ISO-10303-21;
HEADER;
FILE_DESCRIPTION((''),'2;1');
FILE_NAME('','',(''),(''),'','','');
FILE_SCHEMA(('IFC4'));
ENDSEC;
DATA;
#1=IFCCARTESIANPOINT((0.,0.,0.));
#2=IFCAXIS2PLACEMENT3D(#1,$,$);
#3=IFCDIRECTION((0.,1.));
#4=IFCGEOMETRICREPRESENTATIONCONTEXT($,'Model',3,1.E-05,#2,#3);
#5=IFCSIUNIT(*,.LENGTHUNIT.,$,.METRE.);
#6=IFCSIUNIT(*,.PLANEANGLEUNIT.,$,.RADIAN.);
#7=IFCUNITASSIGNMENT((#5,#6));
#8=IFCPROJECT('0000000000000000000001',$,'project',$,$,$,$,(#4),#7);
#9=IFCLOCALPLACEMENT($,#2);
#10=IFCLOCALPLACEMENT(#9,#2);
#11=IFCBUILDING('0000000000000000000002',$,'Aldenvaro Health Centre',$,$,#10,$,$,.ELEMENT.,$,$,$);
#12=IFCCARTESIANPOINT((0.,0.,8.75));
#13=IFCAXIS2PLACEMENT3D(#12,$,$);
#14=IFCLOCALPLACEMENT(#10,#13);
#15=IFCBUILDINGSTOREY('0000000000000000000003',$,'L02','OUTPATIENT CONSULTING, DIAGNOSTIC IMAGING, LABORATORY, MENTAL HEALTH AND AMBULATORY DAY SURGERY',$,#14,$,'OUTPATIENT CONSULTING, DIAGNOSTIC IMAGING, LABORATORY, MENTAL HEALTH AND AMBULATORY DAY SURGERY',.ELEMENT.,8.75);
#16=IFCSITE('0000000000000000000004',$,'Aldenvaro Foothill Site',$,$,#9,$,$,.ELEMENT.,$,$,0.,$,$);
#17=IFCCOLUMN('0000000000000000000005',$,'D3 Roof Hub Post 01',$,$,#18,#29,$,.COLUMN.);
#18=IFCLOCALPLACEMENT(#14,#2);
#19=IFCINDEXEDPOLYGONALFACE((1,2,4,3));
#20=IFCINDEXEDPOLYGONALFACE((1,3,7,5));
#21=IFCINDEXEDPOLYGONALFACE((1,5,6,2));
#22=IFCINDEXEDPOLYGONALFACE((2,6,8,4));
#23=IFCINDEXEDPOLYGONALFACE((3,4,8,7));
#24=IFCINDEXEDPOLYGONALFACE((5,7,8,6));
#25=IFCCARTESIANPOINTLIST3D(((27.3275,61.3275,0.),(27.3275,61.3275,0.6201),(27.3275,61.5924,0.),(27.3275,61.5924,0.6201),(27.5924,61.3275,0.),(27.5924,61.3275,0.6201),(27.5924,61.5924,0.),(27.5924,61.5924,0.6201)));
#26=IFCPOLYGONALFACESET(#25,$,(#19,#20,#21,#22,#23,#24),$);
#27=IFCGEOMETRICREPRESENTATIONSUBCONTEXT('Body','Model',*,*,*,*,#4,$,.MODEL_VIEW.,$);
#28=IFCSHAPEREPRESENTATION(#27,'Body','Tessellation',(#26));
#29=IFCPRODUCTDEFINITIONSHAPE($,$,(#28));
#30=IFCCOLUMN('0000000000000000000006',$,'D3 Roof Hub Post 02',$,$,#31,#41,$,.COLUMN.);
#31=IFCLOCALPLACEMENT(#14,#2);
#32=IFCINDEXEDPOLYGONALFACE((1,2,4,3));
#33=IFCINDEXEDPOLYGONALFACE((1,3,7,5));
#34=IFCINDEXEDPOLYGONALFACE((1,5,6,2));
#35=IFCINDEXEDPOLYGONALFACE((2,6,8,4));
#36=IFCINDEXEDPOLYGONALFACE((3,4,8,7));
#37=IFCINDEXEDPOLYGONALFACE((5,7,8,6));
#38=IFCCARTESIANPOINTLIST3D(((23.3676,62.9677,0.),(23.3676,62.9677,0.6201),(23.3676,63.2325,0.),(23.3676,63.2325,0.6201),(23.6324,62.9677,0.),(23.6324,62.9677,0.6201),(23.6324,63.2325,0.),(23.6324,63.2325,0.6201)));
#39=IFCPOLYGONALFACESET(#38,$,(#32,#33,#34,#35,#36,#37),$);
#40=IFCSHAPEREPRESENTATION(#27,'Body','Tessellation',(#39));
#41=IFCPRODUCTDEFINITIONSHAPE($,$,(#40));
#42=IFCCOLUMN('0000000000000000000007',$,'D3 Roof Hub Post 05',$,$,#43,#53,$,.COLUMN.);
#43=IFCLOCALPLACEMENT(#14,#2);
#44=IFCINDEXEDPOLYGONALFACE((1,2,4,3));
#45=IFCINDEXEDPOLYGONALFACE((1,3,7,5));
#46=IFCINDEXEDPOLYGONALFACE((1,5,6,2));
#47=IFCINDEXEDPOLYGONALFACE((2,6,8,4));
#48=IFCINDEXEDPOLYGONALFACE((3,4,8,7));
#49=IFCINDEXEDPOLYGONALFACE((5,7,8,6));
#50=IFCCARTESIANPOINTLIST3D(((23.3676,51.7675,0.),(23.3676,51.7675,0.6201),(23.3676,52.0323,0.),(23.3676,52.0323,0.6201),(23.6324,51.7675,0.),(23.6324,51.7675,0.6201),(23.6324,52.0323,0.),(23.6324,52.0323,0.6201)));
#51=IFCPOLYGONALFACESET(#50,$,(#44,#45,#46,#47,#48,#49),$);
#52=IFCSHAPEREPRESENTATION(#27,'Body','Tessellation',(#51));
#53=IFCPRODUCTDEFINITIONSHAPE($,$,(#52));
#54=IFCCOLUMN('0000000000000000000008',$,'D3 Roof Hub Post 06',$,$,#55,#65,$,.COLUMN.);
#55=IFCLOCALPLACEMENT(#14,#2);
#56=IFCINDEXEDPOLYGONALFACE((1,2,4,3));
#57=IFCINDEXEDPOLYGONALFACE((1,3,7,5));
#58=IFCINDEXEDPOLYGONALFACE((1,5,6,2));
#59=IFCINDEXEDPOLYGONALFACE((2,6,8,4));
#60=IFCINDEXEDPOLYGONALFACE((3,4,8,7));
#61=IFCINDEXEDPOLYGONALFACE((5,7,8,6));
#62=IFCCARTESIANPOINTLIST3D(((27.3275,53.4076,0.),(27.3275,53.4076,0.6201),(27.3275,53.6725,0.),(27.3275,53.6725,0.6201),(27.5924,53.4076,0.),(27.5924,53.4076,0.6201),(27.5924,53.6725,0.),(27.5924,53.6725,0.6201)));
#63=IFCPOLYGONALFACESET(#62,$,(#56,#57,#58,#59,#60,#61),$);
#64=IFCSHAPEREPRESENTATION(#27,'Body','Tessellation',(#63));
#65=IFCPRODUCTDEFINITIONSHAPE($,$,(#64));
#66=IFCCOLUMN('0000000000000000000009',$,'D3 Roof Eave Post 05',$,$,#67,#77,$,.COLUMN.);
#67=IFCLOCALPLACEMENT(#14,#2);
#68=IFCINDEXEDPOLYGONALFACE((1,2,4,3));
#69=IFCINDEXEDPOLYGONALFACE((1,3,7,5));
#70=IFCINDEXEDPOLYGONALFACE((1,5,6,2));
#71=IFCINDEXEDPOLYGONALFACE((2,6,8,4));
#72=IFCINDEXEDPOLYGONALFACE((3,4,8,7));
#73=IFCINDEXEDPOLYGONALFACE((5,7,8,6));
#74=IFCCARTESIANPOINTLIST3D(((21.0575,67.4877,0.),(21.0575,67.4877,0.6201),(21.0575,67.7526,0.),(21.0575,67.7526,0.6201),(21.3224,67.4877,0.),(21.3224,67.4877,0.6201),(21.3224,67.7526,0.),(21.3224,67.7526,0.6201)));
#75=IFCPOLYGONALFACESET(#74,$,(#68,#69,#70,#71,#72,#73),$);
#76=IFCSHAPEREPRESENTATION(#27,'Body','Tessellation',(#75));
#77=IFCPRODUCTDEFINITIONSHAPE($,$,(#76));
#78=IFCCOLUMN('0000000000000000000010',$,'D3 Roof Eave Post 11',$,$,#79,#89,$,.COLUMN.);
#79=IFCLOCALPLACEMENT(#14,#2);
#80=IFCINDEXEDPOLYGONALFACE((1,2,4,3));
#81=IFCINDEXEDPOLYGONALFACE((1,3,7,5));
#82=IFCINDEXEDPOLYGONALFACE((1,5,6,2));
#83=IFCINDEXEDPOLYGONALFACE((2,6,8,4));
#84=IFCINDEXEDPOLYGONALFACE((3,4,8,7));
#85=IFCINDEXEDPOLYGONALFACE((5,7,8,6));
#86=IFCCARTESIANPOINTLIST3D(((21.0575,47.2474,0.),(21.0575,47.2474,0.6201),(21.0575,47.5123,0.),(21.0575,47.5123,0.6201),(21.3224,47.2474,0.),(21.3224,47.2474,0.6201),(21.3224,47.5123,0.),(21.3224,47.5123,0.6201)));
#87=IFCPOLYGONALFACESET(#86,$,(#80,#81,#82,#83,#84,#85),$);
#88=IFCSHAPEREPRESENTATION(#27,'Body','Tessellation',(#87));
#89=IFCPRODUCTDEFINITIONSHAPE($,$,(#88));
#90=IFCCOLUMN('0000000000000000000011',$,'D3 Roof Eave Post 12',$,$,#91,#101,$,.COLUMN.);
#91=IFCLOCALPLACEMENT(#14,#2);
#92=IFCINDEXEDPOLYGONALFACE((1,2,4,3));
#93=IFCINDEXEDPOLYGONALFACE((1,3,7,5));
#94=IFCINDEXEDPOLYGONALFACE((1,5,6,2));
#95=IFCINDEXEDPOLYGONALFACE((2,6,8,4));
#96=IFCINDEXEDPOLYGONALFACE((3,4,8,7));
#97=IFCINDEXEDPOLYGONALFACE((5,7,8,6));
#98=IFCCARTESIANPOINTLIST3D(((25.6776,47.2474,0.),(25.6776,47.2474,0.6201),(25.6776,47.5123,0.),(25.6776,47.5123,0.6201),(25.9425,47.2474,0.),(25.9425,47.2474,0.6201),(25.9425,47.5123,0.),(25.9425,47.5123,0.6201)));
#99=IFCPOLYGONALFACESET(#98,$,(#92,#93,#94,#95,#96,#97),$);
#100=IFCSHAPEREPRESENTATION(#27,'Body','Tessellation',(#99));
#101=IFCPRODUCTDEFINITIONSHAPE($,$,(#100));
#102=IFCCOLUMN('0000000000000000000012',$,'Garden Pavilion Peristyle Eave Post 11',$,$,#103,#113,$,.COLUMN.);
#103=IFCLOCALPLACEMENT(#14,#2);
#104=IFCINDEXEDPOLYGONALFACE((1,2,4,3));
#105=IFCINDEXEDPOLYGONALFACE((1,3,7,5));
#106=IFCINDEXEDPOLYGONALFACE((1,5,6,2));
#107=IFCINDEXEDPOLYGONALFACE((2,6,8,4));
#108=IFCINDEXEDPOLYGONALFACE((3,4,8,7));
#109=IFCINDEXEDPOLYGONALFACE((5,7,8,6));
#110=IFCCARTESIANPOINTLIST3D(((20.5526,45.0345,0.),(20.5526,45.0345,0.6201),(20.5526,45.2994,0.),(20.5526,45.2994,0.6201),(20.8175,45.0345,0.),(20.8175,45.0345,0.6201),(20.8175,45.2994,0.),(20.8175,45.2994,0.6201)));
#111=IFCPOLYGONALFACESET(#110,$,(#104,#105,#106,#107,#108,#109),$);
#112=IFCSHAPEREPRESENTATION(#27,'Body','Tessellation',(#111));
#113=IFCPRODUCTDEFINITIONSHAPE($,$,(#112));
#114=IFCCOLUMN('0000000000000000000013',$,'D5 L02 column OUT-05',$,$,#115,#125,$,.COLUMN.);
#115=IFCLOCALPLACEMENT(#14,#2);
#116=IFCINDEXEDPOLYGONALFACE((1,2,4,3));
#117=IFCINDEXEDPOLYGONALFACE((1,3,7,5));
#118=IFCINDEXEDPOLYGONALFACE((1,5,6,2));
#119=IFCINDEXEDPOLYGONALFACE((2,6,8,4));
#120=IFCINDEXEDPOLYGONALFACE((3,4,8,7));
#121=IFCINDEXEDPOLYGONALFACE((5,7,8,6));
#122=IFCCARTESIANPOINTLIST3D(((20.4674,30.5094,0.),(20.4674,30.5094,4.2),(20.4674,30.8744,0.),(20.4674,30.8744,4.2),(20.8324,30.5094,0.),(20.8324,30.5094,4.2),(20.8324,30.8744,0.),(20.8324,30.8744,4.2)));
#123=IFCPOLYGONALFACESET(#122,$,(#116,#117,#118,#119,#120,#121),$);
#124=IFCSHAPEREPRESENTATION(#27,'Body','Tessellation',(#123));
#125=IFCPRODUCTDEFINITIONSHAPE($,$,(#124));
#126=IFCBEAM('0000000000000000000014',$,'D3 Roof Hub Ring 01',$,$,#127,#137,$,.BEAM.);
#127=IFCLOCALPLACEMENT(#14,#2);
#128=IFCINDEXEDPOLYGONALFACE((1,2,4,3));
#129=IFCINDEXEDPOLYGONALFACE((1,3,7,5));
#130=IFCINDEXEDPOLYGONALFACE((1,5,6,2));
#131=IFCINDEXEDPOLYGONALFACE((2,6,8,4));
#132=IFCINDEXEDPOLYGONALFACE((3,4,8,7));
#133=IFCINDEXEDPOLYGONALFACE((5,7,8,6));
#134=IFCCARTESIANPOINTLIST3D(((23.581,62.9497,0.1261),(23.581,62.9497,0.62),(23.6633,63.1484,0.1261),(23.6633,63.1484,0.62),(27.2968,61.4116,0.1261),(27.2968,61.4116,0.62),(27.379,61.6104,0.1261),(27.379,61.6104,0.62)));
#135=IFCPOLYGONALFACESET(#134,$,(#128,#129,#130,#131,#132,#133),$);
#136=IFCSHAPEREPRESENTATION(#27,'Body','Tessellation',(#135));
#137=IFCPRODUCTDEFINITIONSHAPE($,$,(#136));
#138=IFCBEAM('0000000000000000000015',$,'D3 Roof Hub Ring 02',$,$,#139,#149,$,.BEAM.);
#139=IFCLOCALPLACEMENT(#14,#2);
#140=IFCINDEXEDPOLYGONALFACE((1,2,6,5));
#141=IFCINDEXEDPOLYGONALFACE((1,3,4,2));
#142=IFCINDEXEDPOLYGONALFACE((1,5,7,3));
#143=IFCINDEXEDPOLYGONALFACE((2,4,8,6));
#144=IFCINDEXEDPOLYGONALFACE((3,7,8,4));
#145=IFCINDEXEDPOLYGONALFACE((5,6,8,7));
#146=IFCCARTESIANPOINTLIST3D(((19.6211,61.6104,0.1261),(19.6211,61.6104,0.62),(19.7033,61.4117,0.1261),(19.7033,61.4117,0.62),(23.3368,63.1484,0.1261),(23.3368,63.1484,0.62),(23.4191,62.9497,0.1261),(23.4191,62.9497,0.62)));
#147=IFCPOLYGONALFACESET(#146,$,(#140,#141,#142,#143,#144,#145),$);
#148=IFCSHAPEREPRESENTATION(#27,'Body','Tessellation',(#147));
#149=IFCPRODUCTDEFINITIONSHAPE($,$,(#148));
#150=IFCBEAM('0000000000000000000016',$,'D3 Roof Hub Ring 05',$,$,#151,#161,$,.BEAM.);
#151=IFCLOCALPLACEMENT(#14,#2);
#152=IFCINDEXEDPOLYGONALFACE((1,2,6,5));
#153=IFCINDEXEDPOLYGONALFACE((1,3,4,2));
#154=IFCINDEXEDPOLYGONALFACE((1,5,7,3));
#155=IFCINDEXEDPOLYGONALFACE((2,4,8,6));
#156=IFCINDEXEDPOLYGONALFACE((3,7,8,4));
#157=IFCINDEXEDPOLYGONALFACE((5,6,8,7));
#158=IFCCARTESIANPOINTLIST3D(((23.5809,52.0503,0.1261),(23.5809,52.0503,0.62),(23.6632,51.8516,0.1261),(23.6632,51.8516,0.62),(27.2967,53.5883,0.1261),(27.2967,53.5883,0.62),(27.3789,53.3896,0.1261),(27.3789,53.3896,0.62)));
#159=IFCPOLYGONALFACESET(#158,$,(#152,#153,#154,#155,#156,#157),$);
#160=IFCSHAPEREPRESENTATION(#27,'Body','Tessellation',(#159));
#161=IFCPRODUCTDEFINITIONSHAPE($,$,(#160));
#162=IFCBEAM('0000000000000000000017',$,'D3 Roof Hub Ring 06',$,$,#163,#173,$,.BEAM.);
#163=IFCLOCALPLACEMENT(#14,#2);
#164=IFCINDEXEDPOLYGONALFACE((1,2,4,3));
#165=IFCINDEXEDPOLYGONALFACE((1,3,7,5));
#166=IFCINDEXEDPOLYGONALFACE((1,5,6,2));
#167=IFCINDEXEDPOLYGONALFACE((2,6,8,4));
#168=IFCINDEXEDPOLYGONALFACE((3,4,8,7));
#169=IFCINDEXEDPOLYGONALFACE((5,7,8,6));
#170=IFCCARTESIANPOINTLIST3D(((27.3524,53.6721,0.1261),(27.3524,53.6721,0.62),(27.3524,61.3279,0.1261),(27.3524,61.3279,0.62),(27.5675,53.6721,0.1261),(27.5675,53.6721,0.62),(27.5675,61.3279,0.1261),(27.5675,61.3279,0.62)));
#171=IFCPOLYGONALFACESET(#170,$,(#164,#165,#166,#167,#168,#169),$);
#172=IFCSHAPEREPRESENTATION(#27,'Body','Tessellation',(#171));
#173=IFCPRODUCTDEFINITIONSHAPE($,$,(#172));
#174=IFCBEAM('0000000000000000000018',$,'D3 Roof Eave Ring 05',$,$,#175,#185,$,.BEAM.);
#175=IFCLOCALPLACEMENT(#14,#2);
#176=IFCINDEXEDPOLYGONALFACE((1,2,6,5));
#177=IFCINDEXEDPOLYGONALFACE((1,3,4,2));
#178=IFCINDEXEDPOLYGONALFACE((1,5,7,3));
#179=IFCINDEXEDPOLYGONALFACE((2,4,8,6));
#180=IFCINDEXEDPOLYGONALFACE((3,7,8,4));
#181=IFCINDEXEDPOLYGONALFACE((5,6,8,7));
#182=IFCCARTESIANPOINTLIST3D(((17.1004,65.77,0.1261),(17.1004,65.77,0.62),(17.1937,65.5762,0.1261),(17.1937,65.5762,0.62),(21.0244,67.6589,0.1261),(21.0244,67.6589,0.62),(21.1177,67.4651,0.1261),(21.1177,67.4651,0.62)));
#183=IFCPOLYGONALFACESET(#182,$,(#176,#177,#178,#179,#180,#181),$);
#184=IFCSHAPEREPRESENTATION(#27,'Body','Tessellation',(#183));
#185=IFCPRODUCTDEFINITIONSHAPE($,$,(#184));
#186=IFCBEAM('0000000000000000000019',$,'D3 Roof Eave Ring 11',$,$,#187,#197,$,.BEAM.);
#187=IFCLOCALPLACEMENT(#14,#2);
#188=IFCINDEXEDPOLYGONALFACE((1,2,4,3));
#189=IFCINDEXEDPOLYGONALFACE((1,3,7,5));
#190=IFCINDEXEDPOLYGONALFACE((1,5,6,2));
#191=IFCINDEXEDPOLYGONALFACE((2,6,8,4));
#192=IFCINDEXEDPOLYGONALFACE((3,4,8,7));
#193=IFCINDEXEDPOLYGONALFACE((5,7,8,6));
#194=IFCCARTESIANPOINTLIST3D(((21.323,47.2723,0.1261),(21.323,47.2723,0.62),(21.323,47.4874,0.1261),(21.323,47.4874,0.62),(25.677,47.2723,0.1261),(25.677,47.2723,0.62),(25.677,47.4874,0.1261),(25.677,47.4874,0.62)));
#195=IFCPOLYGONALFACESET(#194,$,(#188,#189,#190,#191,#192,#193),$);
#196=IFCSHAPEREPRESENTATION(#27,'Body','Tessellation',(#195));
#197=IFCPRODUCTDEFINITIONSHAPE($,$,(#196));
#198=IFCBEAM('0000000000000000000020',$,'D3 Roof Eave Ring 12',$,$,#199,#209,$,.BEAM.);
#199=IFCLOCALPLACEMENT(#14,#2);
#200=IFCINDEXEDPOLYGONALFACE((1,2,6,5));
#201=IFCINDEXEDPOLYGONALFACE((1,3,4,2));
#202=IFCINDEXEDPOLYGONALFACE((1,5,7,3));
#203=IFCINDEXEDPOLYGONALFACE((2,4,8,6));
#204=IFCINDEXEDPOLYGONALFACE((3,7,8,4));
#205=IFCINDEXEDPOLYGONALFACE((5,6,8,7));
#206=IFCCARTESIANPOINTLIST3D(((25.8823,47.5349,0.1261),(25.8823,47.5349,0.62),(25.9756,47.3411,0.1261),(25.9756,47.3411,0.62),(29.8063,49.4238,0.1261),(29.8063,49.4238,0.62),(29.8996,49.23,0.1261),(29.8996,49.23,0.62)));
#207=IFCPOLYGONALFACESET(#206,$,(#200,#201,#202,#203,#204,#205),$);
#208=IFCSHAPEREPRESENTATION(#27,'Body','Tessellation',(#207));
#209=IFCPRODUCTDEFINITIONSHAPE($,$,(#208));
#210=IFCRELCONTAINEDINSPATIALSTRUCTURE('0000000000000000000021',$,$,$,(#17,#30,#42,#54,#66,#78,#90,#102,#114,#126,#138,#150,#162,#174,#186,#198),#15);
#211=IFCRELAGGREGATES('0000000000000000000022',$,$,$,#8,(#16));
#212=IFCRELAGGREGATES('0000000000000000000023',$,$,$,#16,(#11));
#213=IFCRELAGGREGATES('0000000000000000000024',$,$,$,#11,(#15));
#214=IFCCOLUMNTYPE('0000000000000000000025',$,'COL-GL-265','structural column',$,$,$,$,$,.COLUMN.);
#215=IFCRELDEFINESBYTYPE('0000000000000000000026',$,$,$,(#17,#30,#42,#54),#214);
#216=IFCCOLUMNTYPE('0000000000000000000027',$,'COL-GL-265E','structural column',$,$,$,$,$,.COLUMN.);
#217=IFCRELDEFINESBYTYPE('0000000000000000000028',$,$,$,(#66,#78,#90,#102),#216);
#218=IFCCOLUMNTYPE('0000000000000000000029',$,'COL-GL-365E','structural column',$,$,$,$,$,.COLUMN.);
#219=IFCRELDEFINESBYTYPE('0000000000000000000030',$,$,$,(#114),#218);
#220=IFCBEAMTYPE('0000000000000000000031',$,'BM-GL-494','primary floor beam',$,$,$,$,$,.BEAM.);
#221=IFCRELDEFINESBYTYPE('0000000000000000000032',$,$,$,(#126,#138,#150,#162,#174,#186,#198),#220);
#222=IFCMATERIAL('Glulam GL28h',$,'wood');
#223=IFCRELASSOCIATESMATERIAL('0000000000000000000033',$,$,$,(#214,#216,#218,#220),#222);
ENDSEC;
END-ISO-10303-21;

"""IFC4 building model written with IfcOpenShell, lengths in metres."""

from ifc_helpers import new_model, si_unit, direction, frame, origin, origin_2d, place, context, subcontext, project, spatial, rectangle, extrude, material, material_profile, profile_set, type_object, element, save


model = new_model("IFC4")

# Units and contexts
model_context = context("Model", 3, precision=1e-05, world=origin(), true_north=direction((0.0, 1.0)))
body_context = subcontext(model_context, "Body", "Model", "MODEL_VIEW")
ifc_project = project(units=[si_unit("LENGTHUNIT", "METRE"), si_unit("PLANEANGLEUNIT", "RADIAN")], contexts=[model_context])

# Site, building, storey
site_placement = place(None, origin())
site = spatial("IfcSite", under=ifc_project, at=site_placement, Name="Aldenvaro Foothill Site", CompositionType="ELEMENT", RefElevation=0.0)
building_placement = place(site_placement, origin())
building = spatial("IfcBuilding", under=site, at=building_placement, Name="Aldenvaro Health Centre", CompositionType="ELEMENT")
storey_placement = place(building_placement, frame((0.0, 0.0, 8.75)))
storey = spatial("IfcBuildingStorey", under=building, at=storey_placement, Name="L02", Description="OUTPATIENT CONSULTING, DIAGNOSTIC IMAGING, LABORATORY, MENTAL HEALTH AND AMBULATORY DAY SURGERY", LongName="OUTPATIENT CONSULTING, DIAGNOSTIC IMAGING, LABORATORY, MENTAL HEALTH AND AMBULATORY DAY SURGERY", CompositionType="ELEMENT", Elevation=8.75)

# Columns
ifc_material_1 = material(Name="Glulam GL28h", Category="wood")
ifc_material_profile_1 = material_profile(ifc_material_1, rectangle(XDim=0.2649, YDim=0.2649, at=origin_2d()), Name="GL 265x265", Category="wood")
ifc_profile_set_1 = profile_set([ifc_material_profile_1], Name="Glulam GL28h")
column_type_1 = type_object("IfcColumnType", Name="COL-GL-265", Description="structural column", PredefinedType="COLUMN", material=ifc_profile_set_1)
for number, where, z_axis, x_axis, name in (
    (1, (27.46, 61.46, 0.0), (0.0, 0.0, 1.0), (1.0, 0.0, 0.0), "D3 Roof Hub Post 01"),
    (2, (23.5, 63.1001, 0.0), (0.0, 0.0, 1.0), (1.0, 0.0, 0.0), "D3 Roof Hub Post 02"),
    (3, (23.5, 51.8999, 0.0), (0.0, 0.0, 1.0), (1.0, 0.0, 0.0), "D3 Roof Hub Post 05"),
    (4, (27.46, 53.54, 0.0), (0.0, 0.0, 1.0), (1.0, 0.0, 0.0), "D3 Roof Hub Post 06"),
):
    element("IfcColumn", number, at=place(storey_placement, frame(where, z_axis=z_axis, x_axis=x_axis)), inside=storey, type_object=column_type_1, Name=name, PredefinedType="COLUMN", context=body_context, shape_type="SweptSolid", body=[
        extrude(rectangle(XDim=0.2649, YDim=0.2649, at=origin_2d()), origin(), (0.0, 0.0, 1.0), 0.6201),
    ])
ifc_material_profile_2 = material_profile(ifc_material_1, rectangle(XDim=0.2649, YDim=0.2649, at=origin_2d()), Name="GL 265x265", Category="wood")
ifc_profile_set_2 = profile_set([ifc_material_profile_2], Name="Glulam GL28h")
column_type_2 = type_object("IfcColumnType", Name="COL-GL-265E", Description="structural column", PredefinedType="COLUMN", material=ifc_profile_set_2)
for number, where, z_axis, x_axis, name in (
    (5, (21.1899, 67.6201, 0.0), (0.0, 0.0, 1.0), (1.0, 0.0, 0.0), "D3 Roof Eave Post 05"),
    (6, (21.1899, 47.3799, 0.0), (0.0, 0.0, 1.0), (1.0, 0.0, 0.0), "D3 Roof Eave Post 11"),
    (7, (25.8101, 47.3799, 0.0), (0.0, 0.0, 1.0), (1.0, 0.0, 0.0), "D3 Roof Eave Post 12"),
    (8, (20.6851, 45.167, 0.0), (0.0, 0.0, 1.0), (1.0, 0.0, 0.0), "Garden Pavilion Peristyle Eave Post 11"),
):
    element("IfcColumn", number, at=place(storey_placement, frame(where, z_axis=z_axis, x_axis=x_axis)), inside=storey, type_object=column_type_2, Name=name, PredefinedType="COLUMN", context=body_context, shape_type="SweptSolid", body=[
        extrude(rectangle(XDim=0.2649, YDim=0.2649, at=origin_2d()), origin(), (0.0, 0.0, 1.0), 0.6201),
    ])
ifc_material_profile_3 = material_profile(ifc_material_1, rectangle(XDim=0.365, YDim=0.365, at=origin_2d()), Name="GL 365x365", Category="wood")
ifc_profile_set_3 = profile_set([ifc_material_profile_3], Name="Glulam GL28h")
column_type_3 = type_object("IfcColumnType", Name="COL-GL-365E", Description="structural column", PredefinedType="COLUMN", material=ifc_profile_set_3)
column_placement = place(storey_placement, frame((20.6499, 30.6919, 0.0), z_axis=(0.0, 0.0, 1.0), x_axis=(1.0, 0.0, 0.0)))
element("IfcColumn", 9, at=column_placement, inside=storey, type_object=column_type_3, Name="D5 L02 column OUT-05", PredefinedType="COLUMN", context=body_context, shape_type="SweptSolid", body=[
    extrude(rectangle(XDim=0.365, YDim=0.365, at=origin_2d()), origin(), (0.0, 0.0, 1.0), 4.2),
])

# Beams
ifc_material_profile_4 = material_profile(ifc_material_1, rectangle(XDim=0.2151, YDim=0.4939, at=origin_2d()), Name="GL 215x494", Category="wood")
ifc_profile_set_4 = profile_set([ifc_material_profile_4], Name="Glulam GL28h")
beam_type = type_object("IfcBeamType", Name="BM-GL-494", Description="primary floor beam", PredefinedType="BEAM", material=ifc_profile_set_4)
for number, where, z_axis, x_axis, name in (
    (10, (27.3379, 61.511, 0.373), (-0.923972, 0.382459, 0.0), (-0.382459, -0.923972, 0.0), "D3 Roof Hub Ring 01"),
    (11, (23.3779, 63.0491, 0.373), (-0.923972, -0.382459, 0.0), (0.382459, -0.923972, 0.0), "D3 Roof Hub Ring 02"),
    (12, (23.6221, 51.9509, 0.373), (0.923972, 0.382459, 0.0), (-0.382459, 0.923972, 0.0), "D3 Roof Hub Ring 05"),
):
    element("IfcBeam", number, at=place(storey_placement, frame(where, z_axis=z_axis, x_axis=x_axis)), inside=storey, type_object=beam_type, Name=name, PredefinedType="BEAM", context=body_context, shape_type="SweptSolid", body=[
        extrude(rectangle(XDim=0.2151, YDim=0.4939, at=origin_2d()), origin(), (0.0, 0.0, 1.0), 4.0215),
    ])
beam_1_placement = place(storey_placement, frame((27.46, 53.6721, 0.373), z_axis=(0.0, 1.0, 0.0), x_axis=(-1.0, 0.0, 0.0)))
element("IfcBeam", 13, at=beam_1_placement, inside=storey, type_object=beam_type, Name="D3 Roof Hub Ring 06", PredefinedType="BEAM", context=body_context, shape_type="SweptSolid", body=[
    extrude(rectangle(XDim=0.2151, YDim=0.4939, at=origin_2d()), origin(), (0.0, 0.0, 1.0), 7.6558),
])
beam_2_placement = place(storey_placement, frame((21.071, 67.562, 0.373), z_axis=(-0.901042, -0.433731, 0.0), x_axis=(0.433731, -0.901042, 0.0)))
element("IfcBeam", 14, at=beam_2_placement, inside=storey, type_object=beam_type, Name="D3 Roof Eave Ring 05", PredefinedType="BEAM", context=body_context, shape_type="SweptSolid", body=[
    extrude(rectangle(XDim=0.2151, YDim=0.4939, at=origin_2d()), origin(), (0.0, 0.0, 1.0), 4.355),
])
beam_3_placement = place(storey_placement, frame((21.323, 47.3799, 0.373), z_axis=(1.0, 0.0, 0.0), x_axis=(0.0, 1.0, 0.0)))
element("IfcBeam", 15, at=beam_3_placement, inside=storey, type_object=beam_type, Name="D3 Roof Eave Ring 11", PredefinedType="BEAM", context=body_context, shape_type="SweptSolid", body=[
    extrude(rectangle(XDim=0.2151, YDim=0.4939, at=origin_2d()), origin(), (0.0, 0.0, 1.0), 4.354),
])
beam_4_placement = place(storey_placement, frame((25.929, 47.438, 0.373), z_axis=(0.901042, 0.433731, 0.0), x_axis=(-0.433731, 0.901042, 0.0)))
element("IfcBeam", 16, at=beam_4_placement, inside=storey, type_object=beam_type, Name="D3 Roof Eave Ring 12", PredefinedType="BEAM", context=body_context, shape_type="SweptSolid", body=[
    extrude(rectangle(XDim=0.2151, YDim=0.4939, at=origin_2d()), origin(), (0.0, 0.0, 1.0), 4.355),
])

save(model, "model.ifc")
